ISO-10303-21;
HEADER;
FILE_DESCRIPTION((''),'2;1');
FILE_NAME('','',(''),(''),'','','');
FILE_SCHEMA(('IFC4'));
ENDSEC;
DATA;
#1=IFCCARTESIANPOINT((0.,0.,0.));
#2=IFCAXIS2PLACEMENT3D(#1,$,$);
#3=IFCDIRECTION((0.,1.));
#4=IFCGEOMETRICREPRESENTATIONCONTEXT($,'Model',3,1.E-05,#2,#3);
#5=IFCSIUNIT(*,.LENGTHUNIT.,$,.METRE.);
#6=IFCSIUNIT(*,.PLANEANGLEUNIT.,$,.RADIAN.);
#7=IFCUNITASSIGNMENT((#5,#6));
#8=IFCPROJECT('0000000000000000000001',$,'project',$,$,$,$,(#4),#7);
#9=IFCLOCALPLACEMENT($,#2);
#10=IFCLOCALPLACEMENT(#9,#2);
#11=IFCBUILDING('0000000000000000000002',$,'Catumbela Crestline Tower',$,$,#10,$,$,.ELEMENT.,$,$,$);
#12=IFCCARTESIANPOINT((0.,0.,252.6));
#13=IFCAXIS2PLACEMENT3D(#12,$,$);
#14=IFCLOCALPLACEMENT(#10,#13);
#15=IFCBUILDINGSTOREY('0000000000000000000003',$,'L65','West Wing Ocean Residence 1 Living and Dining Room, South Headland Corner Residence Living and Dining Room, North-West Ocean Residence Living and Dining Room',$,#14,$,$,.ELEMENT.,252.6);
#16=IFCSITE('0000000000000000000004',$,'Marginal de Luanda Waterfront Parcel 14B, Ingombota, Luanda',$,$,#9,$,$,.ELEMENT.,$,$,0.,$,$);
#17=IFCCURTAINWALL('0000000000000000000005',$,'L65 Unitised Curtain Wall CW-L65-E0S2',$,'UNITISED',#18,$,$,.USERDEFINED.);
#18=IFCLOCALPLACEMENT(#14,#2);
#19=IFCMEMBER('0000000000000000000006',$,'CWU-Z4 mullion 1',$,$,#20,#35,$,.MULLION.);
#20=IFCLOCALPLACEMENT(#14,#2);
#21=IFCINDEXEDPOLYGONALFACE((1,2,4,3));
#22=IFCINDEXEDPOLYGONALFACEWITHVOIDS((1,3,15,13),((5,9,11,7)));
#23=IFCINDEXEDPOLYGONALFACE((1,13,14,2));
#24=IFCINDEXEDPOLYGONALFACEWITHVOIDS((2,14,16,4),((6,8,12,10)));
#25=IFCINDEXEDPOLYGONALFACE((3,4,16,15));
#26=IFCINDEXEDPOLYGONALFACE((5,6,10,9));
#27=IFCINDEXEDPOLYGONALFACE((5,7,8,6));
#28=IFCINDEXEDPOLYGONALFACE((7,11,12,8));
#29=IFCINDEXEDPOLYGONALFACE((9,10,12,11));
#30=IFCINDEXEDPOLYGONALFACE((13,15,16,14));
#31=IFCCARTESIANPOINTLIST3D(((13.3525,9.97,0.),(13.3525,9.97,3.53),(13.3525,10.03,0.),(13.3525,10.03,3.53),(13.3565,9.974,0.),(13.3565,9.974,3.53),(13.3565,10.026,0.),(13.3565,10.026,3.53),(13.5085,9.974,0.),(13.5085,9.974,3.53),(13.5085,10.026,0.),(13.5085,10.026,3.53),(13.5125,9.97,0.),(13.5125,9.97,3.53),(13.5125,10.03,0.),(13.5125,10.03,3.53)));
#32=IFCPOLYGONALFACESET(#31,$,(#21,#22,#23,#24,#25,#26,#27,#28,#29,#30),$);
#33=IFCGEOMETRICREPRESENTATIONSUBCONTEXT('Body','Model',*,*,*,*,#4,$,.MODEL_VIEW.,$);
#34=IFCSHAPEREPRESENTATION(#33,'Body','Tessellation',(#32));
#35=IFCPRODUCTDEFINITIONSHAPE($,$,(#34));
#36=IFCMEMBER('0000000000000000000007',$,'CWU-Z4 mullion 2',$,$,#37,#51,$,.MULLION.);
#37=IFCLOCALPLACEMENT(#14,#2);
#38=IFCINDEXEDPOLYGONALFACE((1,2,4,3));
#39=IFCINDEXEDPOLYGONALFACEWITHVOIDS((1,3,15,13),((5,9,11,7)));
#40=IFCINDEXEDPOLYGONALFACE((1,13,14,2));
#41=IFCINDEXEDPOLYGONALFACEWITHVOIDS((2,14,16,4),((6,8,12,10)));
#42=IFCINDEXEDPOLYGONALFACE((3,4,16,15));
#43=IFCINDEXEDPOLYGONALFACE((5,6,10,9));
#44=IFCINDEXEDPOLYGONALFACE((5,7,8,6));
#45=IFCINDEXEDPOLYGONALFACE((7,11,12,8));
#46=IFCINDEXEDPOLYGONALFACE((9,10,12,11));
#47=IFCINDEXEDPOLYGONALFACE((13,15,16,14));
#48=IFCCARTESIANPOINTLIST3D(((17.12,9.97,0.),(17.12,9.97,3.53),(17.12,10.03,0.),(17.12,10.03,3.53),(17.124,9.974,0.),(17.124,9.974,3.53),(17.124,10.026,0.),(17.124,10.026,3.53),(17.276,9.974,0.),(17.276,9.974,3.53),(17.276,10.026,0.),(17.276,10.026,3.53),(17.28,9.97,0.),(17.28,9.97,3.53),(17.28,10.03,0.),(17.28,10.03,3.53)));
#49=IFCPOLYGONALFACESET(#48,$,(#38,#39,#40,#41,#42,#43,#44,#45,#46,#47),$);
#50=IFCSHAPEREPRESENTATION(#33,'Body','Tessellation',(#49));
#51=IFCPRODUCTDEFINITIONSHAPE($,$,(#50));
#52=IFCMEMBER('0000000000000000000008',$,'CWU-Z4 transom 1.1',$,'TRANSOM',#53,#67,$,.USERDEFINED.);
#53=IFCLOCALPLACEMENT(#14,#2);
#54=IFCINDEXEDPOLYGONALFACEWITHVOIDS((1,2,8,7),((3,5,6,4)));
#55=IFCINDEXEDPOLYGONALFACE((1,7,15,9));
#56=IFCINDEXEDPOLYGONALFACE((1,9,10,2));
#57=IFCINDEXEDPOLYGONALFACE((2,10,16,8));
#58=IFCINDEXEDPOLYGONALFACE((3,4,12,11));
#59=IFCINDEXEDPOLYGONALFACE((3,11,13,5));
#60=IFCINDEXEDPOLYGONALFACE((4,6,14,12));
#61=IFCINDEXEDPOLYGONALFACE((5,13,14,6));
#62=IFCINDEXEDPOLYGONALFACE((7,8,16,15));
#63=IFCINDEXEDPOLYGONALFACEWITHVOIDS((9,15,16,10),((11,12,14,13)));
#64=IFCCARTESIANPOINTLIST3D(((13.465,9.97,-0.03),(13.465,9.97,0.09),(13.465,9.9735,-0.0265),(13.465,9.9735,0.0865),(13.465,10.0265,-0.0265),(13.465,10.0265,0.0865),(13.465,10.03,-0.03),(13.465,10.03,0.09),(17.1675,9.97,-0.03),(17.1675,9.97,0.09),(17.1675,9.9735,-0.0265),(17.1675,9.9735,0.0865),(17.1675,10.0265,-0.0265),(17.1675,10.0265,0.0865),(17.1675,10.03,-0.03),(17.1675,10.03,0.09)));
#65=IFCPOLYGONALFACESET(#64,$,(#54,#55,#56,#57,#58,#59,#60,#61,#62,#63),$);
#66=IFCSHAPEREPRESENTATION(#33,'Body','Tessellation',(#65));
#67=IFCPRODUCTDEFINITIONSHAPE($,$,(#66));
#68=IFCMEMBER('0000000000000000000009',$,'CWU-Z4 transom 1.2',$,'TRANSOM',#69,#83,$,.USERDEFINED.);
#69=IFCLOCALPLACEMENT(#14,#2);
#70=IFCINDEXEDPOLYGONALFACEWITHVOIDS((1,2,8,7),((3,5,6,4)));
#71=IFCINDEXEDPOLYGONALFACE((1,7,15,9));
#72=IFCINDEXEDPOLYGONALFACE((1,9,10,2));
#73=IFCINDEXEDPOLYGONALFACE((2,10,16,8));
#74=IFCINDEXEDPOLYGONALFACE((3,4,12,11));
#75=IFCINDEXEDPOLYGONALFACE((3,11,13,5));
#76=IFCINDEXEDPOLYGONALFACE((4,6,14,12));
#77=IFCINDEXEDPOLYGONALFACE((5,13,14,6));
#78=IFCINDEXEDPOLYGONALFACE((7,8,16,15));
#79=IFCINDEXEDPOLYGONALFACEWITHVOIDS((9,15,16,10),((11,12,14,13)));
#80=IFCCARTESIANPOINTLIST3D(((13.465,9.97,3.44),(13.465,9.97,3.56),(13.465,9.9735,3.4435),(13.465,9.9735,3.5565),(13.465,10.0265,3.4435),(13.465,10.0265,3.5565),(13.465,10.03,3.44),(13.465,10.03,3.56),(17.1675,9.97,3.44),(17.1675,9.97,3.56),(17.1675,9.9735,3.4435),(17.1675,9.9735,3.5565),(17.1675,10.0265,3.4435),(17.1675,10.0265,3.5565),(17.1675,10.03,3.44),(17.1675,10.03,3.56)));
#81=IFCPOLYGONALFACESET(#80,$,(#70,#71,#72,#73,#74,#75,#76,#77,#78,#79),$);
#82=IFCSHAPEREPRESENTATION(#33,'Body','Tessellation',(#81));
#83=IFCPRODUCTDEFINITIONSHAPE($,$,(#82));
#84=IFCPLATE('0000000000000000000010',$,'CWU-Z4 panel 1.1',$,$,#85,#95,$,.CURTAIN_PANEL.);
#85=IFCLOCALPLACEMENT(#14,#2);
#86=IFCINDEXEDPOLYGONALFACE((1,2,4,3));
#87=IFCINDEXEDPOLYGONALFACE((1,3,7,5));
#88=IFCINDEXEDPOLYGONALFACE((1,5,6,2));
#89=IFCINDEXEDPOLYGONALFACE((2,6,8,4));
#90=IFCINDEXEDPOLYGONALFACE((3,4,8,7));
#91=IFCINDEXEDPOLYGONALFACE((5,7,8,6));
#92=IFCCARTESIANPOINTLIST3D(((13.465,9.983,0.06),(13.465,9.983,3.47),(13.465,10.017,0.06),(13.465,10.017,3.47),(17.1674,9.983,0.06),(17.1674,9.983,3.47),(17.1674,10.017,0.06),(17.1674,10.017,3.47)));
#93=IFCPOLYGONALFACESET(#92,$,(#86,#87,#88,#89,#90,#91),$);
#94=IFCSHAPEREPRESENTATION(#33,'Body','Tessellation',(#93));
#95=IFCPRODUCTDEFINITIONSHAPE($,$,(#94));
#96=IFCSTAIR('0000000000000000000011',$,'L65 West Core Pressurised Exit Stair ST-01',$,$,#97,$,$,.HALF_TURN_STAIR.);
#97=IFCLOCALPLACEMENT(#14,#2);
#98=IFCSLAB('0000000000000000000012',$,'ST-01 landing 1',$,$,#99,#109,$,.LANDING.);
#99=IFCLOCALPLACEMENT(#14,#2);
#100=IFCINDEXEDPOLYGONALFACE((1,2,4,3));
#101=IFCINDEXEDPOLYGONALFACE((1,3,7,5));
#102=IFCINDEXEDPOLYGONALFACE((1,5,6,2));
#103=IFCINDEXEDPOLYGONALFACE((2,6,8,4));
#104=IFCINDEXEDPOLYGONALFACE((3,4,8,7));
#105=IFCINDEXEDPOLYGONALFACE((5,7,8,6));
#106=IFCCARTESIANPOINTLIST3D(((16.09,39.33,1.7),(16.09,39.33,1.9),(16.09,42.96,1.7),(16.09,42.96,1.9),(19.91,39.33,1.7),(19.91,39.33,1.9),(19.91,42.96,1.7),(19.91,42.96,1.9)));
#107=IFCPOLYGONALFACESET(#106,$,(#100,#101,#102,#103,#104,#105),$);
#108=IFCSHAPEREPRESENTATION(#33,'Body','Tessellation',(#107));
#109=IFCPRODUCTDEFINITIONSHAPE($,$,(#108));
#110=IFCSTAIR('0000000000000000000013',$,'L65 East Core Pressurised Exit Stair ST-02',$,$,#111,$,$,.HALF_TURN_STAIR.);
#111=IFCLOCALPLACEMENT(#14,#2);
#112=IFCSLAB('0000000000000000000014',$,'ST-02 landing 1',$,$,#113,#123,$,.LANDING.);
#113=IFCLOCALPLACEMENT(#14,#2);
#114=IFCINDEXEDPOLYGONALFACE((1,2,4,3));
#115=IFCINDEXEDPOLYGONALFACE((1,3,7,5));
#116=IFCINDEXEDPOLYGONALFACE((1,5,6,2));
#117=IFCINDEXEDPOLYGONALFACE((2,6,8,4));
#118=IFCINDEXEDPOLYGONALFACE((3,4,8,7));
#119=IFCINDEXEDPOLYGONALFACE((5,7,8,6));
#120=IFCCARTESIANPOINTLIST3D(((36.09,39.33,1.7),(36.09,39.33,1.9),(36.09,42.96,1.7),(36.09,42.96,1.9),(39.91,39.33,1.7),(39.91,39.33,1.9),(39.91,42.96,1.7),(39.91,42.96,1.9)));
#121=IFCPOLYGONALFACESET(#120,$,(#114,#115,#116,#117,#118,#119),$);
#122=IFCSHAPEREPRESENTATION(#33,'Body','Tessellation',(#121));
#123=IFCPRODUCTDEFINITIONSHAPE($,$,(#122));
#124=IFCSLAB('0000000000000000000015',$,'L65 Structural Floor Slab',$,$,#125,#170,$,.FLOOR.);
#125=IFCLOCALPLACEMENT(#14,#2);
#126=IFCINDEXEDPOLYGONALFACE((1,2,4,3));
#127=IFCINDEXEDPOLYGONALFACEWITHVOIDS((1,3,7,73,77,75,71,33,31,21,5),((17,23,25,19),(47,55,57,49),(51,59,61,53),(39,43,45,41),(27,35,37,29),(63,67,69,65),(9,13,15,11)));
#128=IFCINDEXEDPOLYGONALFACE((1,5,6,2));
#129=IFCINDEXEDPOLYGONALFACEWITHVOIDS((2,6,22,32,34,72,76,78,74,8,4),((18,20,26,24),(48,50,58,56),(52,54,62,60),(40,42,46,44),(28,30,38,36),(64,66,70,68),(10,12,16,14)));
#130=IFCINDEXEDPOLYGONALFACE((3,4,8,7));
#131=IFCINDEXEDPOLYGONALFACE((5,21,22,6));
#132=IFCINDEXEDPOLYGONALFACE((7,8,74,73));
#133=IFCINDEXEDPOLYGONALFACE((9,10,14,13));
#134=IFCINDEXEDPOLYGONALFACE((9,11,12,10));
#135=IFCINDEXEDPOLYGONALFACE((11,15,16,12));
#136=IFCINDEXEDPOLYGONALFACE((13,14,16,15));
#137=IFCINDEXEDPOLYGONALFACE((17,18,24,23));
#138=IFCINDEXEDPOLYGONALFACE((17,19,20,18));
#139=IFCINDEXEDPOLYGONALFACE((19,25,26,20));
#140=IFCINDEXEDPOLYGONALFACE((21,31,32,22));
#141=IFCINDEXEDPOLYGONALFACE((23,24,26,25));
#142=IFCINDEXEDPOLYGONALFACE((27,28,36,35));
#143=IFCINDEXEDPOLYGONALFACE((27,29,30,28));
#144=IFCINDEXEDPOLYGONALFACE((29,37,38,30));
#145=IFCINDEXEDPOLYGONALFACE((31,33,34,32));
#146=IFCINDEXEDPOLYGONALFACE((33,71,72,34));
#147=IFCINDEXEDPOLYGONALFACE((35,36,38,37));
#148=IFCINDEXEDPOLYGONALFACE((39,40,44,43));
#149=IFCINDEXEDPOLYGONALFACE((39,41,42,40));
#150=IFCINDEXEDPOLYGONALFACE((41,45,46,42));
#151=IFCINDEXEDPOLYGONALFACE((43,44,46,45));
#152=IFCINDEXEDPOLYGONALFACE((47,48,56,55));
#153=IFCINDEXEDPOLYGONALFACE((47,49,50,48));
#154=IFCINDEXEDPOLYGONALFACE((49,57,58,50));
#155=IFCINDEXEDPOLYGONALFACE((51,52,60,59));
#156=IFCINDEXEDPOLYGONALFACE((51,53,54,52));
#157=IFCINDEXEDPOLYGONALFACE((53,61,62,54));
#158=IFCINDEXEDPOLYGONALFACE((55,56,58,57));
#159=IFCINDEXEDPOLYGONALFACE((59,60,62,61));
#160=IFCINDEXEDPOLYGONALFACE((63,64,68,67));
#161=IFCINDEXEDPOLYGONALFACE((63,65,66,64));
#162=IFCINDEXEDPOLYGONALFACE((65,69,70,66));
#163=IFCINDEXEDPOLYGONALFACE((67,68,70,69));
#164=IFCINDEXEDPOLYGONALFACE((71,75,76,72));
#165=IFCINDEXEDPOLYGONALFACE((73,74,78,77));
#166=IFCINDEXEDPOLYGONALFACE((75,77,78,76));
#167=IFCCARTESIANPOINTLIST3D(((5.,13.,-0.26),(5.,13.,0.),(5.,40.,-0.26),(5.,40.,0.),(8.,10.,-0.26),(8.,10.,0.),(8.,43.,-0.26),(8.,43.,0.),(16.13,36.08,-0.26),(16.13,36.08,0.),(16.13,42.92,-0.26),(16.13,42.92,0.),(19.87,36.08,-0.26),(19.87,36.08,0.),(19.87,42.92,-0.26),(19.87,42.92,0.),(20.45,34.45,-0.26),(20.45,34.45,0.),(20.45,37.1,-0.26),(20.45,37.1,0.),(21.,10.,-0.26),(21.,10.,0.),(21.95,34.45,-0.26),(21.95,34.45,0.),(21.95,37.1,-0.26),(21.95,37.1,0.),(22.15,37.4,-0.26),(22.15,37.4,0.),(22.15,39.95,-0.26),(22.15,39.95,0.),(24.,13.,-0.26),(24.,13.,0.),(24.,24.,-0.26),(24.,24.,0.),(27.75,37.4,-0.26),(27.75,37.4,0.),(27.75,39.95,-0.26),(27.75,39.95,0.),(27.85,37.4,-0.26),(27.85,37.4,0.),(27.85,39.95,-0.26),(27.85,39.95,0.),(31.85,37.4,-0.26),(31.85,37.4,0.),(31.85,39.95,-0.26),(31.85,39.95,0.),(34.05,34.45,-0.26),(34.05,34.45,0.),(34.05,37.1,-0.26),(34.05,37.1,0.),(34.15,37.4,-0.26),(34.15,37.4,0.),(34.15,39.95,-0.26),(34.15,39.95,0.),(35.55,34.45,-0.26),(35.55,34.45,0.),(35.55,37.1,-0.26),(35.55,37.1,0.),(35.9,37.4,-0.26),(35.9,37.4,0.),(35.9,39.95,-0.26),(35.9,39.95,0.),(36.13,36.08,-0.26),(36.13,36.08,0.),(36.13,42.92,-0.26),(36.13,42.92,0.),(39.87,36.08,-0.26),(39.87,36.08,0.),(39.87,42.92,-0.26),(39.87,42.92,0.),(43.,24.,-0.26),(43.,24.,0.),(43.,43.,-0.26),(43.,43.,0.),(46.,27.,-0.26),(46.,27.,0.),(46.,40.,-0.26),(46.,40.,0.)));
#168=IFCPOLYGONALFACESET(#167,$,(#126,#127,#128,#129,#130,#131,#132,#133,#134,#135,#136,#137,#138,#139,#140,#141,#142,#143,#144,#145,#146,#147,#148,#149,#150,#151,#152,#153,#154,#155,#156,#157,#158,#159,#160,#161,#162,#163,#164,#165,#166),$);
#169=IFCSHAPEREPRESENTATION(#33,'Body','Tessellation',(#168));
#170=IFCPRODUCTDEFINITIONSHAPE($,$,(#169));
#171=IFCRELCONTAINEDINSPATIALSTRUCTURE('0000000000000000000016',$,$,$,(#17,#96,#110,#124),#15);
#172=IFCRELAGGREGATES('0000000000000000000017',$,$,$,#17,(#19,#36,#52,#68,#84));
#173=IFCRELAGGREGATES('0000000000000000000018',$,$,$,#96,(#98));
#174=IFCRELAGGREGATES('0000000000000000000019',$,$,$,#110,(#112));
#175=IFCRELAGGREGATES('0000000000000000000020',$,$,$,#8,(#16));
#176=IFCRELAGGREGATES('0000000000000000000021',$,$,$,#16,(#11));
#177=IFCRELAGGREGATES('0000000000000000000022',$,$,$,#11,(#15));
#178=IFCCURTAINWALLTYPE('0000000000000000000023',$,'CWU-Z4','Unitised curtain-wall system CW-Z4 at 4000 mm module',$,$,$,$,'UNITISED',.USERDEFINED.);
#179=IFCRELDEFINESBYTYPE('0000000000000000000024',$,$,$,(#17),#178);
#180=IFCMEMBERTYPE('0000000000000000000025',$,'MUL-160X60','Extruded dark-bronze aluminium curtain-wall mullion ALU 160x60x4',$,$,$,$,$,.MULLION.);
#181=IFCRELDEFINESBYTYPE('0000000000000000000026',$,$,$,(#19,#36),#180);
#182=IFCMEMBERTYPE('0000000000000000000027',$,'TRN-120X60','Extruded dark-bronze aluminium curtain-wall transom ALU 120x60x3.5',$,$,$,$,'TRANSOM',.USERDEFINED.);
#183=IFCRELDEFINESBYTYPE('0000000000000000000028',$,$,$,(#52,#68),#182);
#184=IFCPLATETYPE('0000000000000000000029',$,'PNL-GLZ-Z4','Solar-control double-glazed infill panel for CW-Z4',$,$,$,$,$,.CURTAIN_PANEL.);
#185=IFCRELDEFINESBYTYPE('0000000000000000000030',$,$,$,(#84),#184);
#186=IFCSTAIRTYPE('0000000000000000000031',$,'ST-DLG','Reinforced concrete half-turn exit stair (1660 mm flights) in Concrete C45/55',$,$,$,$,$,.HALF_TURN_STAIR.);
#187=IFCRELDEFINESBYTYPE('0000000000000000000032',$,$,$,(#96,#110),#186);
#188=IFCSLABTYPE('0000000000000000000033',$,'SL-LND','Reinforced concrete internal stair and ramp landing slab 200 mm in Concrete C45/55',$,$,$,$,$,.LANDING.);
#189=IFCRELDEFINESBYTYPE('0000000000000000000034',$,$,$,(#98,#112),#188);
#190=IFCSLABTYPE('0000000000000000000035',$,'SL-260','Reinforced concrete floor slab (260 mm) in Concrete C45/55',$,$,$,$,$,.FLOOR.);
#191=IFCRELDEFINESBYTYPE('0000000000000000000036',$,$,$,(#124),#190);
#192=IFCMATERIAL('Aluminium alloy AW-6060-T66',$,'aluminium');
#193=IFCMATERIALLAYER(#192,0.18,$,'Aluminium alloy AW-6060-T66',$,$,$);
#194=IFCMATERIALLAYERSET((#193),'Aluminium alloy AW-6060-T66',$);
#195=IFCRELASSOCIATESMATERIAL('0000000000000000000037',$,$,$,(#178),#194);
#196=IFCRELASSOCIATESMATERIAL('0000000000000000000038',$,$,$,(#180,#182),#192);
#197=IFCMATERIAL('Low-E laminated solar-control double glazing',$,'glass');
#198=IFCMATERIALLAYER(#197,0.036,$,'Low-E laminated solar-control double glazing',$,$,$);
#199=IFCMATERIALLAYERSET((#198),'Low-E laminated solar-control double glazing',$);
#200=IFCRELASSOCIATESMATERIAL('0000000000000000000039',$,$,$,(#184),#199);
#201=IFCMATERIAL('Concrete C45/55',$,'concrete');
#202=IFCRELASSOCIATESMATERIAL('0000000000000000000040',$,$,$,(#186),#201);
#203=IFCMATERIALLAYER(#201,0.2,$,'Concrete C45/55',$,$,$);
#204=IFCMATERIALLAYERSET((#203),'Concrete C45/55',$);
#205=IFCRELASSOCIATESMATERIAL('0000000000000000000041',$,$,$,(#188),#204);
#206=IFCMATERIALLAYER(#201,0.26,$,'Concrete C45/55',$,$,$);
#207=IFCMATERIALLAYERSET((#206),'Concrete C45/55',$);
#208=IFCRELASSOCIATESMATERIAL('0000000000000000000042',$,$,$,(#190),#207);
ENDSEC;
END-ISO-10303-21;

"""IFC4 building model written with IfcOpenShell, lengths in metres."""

from ifc_helpers import new_model, si_unit, direction, frame, origin, origin_2d, place, context, subcontext, project, spatial, polyline, rectangle, hollow_rectangle, outline, extrude, material, layer, layer_set, material_profile, profile_set, type_object, element, aggregate, save


model = new_model("IFC4")

# Units and contexts
model_context = context("Model", 3, precision=1e-05, world=origin(), true_north=direction((0.0, 1.0)))
body_context = subcontext(model_context, "Body", "Model", "MODEL_VIEW")
ifc_project = project(units=[si_unit("LENGTHUNIT", "METRE"), si_unit("PLANEANGLEUNIT", "RADIAN")], contexts=[model_context])

# Site, building, storey
site_placement = place(None, origin())
site = spatial("IfcSite", under=ifc_project, at=site_placement, Name="Marginal de Luanda Waterfront Parcel 14B, Ingombota, Luanda", CompositionType="ELEMENT", RefElevation=0.0)
building_placement = place(site_placement, origin())
building = spatial("IfcBuilding", under=site, at=building_placement, Name="Catumbela Crestline Tower", CompositionType="ELEMENT")
storey_placement = place(building_placement, frame((0.0, 0.0, 252.6)))
storey = spatial("IfcBuildingStorey", under=building, at=storey_placement, Name="L65", Description="West Wing Ocean Residence 1 Living and Dining Room, South Headland Corner Residence Living and Dining Room, North-West Ocean Residence Living and Dining Room", CompositionType="ELEMENT", Elevation=252.6)

# Curtain wall, members, plate
ifc_material_1 = material(Name="Aluminium alloy AW-6060-T66", Category="aluminium")
ifc_layer_1 = layer(ifc_material_1, 0.18, Name="Aluminium alloy AW-6060-T66")
ifc_layer_set_1 = layer_set([ifc_layer_1], Name="Aluminium alloy AW-6060-T66")
curtain_wall_type = type_object("IfcCurtainWallType", Name="CWU-Z4", Description="Unitised curtain-wall system CW-Z4 at 4000 mm module", ElementType="UNITISED", PredefinedType="USERDEFINED", material=ifc_layer_set_1)
curtain_wall_placement = place(storey_placement, origin())
curtain_wall = element("IfcCurtainWall", 1, at=curtain_wall_placement, inside=storey, type_object=curtain_wall_type, Name="L65 Unitised Curtain Wall CW-L65-E0S2", ObjectType="UNITISED", PredefinedType="USERDEFINED")
ifc_material_profile_1 = material_profile(ifc_material_1, hollow_rectangle(XDim=0.06, YDim=0.16, WallThickness=0.004, at=origin_2d()), Name="ALU 160x60x4")
ifc_profile_set_1 = profile_set([ifc_material_profile_1], Name="Aluminium alloy AW-6060-T66")
member_type_1 = type_object("IfcMemberType", Name="MUL-160X60", Description="Extruded dark-bronze aluminium curtain-wall mullion ALU 160x60x4", PredefinedType="MULLION", material=ifc_profile_set_1)
member_1_placement = place(storey_placement, frame((13.4325, 10.0, 0.0), z_axis=(0.0, 0.0, 1.0), x_axis=(0.0, 1.0, 0.0)))
member_1 = element("IfcMember", 2, at=member_1_placement, type_object=member_type_1, Name="CWU-Z4 mullion 1", PredefinedType="MULLION", context=body_context, shape_type="SweptSolid", body=[
    extrude(hollow_rectangle(XDim=0.06, YDim=0.16, WallThickness=0.004, at=origin_2d()), origin(), (0.0, 0.0, 1.0), 3.53),
])
member_2_placement = place(storey_placement, frame((17.2, 10.0, 0.0), z_axis=(0.0, 0.0, 1.0), x_axis=(0.0, 1.0, 0.0)))
member_2 = element("IfcMember", 3, at=member_2_placement, type_object=member_type_1, Name="CWU-Z4 mullion 2", PredefinedType="MULLION", context=body_context, shape_type="SweptSolid", body=[
    extrude(hollow_rectangle(XDim=0.06, YDim=0.16, WallThickness=0.004, at=origin_2d()), origin(), (0.0, 0.0, 1.0), 3.53),
])
ifc_material_profile_2 = material_profile(ifc_material_1, hollow_rectangle(XDim=0.06, YDim=0.12, WallThickness=0.0035, at=origin_2d()), Name="ALU 120x60x3.5")
ifc_profile_set_2 = profile_set([ifc_material_profile_2], Name="Aluminium alloy AW-6060-T66")
member_type_2 = type_object("IfcMemberType", Name="TRN-120X60", Description="Extruded dark-bronze aluminium curtain-wall transom ALU 120x60x3.5", ElementType="TRANSOM", PredefinedType="USERDEFINED", material=ifc_profile_set_2)
member_3_placement = place(storey_placement, frame((13.465, 10.0, 0.03), z_axis=(1.0, 0.0, 0.0), x_axis=(0.0, 1.0, 0.0)))
member_3 = element("IfcMember", 4, at=member_3_placement, type_object=member_type_2, Name="CWU-Z4 transom 1.1", ObjectType="TRANSOM", PredefinedType="USERDEFINED", context=body_context, shape_type="SweptSolid", body=[
    extrude(hollow_rectangle(XDim=0.06, YDim=0.12, WallThickness=0.0035, at=origin_2d()), origin(), (0.0, 0.0, 1.0), 3.7025),
])
member_4_placement = place(storey_placement, frame((13.465, 10.0, 3.5), z_axis=(1.0, 0.0, 0.0), x_axis=(0.0, 1.0, 0.0)))
member_4 = element("IfcMember", 5, at=member_4_placement, type_object=member_type_2, Name="CWU-Z4 transom 1.2", ObjectType="TRANSOM", PredefinedType="USERDEFINED", context=body_context, shape_type="SweptSolid", body=[
    extrude(hollow_rectangle(XDim=0.06, YDim=0.12, WallThickness=0.0035, at=origin_2d()), origin(), (0.0, 0.0, 1.0), 3.7025),
])
ifc_material_2 = material(Name="Low-E laminated solar-control double glazing", Category="glass")
ifc_layer_2 = layer(ifc_material_2, 0.036, Name="Low-E laminated solar-control double glazing")
ifc_layer_set_2 = layer_set([ifc_layer_2], Name="Low-E laminated solar-control double glazing")
plate_type = type_object("IfcPlateType", Name="PNL-GLZ-Z4", Description="Solar-control double-glazed infill panel for CW-Z4", PredefinedType="CURTAIN_PANEL", material=ifc_layer_set_2)
plate_placement = place(storey_placement, frame((15.3162, 10.0, 0.06), z_axis=(0.0, 0.0, 1.0), x_axis=(1.0, 0.0, 0.0)))
plate = element("IfcPlate", 6, at=plate_placement, type_object=plate_type, Name="CWU-Z4 panel 1.1", PredefinedType="CURTAIN_PANEL", context=body_context, shape_type="SweptSolid", body=[
    extrude(rectangle(XDim=3.7025, YDim=0.034, at=origin_2d()), origin(), (0.0, 0.0, 1.0), 3.41),
])
aggregate(curtain_wall, [member_1, member_2, member_3, member_4, plate])

# Stairs, slabs
ifc_material_3 = material(Name="Concrete C45/55", Category="concrete")
stair_type = type_object("IfcStairType", Name="ST-DLG", Description="Reinforced concrete half-turn exit stair (1660 mm flights) in Concrete C45/55", PredefinedType="HALF_TURN_STAIR", material=ifc_material_3)
stair_1_placement = place(storey_placement, origin())
stair_1 = element("IfcStair", 7, at=stair_1_placement, inside=storey, type_object=stair_type, Name="L65 West Core Pressurised Exit Stair ST-01", PredefinedType="HALF_TURN_STAIR")
ifc_layer_3 = layer(ifc_material_3, 0.2, Name="Concrete C45/55")
ifc_layer_set_3 = layer_set([ifc_layer_3], Name="Concrete C45/55")
slab_type_1 = type_object("IfcSlabType", Name="SL-LND", Description="Reinforced concrete internal stair and ramp landing slab 200 mm in Concrete C45/55", PredefinedType="LANDING", material=ifc_layer_set_3)
slab_1_placement = place(storey_placement, frame((0.0, 0.0, 1.7)))
slab_1 = element("IfcSlab", 8, at=slab_1_placement, type_object=slab_type_1, Name="ST-01 landing 1", PredefinedType="LANDING", context=body_context, shape_type="SweptSolid", body=[
    extrude(outline(polyline([(19.91, 39.33), (19.91, 42.96), (16.09, 42.96), (16.09, 39.33), (19.91, 39.33)])), origin(), (0.0, 0.0, 1.0), 0.2),
])
aggregate(stair_1, [slab_1])
stair_2_placement = place(storey_placement, origin())
stair_2 = element("IfcStair", 9, at=stair_2_placement, inside=storey, type_object=stair_type, Name="L65 East Core Pressurised Exit Stair ST-02", PredefinedType="HALF_TURN_STAIR")
slab_2_placement = place(storey_placement, frame((0.0, 0.0, 1.7)))
slab_2 = element("IfcSlab", 10, at=slab_2_placement, type_object=slab_type_1, Name="ST-02 landing 1", PredefinedType="LANDING", context=body_context, shape_type="SweptSolid", body=[
    extrude(outline(polyline([(39.91, 39.33), (39.91, 42.96), (36.09, 42.96), (36.09, 39.33), (39.91, 39.33)])), origin(), (0.0, 0.0, 1.0), 0.2),
])
aggregate(stair_2, [slab_2])

# Slab
ifc_layer_4 = layer(ifc_material_3, 0.26, Name="Concrete C45/55")
ifc_layer_set_4 = layer_set([ifc_layer_4], Name="Concrete C45/55")
slab_type_2 = type_object("IfcSlabType", Name="SL-260", Description="Reinforced concrete floor slab (260 mm) in Concrete C45/55", PredefinedType="FLOOR", material=ifc_layer_set_4)
slab_3_placement = place(storey_placement, frame((0.0, 0.0, -0.26)))
element("IfcSlab", 11, at=slab_3_placement, inside=storey, type_object=slab_type_2, Name="L65 Structural Floor Slab", PredefinedType="FLOOR", context=body_context, shape_type="SweptSolid", body=[
    extrude(outline(polyline([(8.0, 10.0), (21.0, 10.0), (24.0, 13.0), (24.0, 24.0), (43.0, 24.0), (46.0, 27.0), (46.0, 40.0), (43.0, 43.0), (8.0, 43.0), (5.0, 40.0), (5.0, 13.0), (8.0, 10.0)]), holes=[polyline([(16.13, 36.08), (19.87, 36.08), (19.87, 42.92), (16.13, 42.92), (16.13, 36.08)]), polyline([(36.13, 36.08), (39.87, 36.08), (39.87, 42.92), (36.13, 42.92), (36.13, 36.08)]), polyline([(22.15, 37.4), (27.75, 37.4), (27.75, 39.95), (22.15, 39.95), (22.15, 37.4)]), polyline([(27.85, 37.4), (31.85, 37.4), (31.85, 39.95), (27.85, 39.95), (27.85, 37.4)]), polyline([(20.45, 34.45), (21.95, 34.45), (21.95, 37.1), (20.45, 37.1), (20.45, 34.45)]), polyline([(34.05, 34.45), (35.55, 34.45), (35.55, 37.1), (34.05, 37.1), (34.05, 34.45)]), polyline([(34.15, 37.4), (35.9, 37.4), (35.9, 39.95), (34.15, 39.95), (34.15, 37.4)])]), origin(), (0.0, 0.0, 1.0), 0.26),
])

save(model, "model.ifc")
